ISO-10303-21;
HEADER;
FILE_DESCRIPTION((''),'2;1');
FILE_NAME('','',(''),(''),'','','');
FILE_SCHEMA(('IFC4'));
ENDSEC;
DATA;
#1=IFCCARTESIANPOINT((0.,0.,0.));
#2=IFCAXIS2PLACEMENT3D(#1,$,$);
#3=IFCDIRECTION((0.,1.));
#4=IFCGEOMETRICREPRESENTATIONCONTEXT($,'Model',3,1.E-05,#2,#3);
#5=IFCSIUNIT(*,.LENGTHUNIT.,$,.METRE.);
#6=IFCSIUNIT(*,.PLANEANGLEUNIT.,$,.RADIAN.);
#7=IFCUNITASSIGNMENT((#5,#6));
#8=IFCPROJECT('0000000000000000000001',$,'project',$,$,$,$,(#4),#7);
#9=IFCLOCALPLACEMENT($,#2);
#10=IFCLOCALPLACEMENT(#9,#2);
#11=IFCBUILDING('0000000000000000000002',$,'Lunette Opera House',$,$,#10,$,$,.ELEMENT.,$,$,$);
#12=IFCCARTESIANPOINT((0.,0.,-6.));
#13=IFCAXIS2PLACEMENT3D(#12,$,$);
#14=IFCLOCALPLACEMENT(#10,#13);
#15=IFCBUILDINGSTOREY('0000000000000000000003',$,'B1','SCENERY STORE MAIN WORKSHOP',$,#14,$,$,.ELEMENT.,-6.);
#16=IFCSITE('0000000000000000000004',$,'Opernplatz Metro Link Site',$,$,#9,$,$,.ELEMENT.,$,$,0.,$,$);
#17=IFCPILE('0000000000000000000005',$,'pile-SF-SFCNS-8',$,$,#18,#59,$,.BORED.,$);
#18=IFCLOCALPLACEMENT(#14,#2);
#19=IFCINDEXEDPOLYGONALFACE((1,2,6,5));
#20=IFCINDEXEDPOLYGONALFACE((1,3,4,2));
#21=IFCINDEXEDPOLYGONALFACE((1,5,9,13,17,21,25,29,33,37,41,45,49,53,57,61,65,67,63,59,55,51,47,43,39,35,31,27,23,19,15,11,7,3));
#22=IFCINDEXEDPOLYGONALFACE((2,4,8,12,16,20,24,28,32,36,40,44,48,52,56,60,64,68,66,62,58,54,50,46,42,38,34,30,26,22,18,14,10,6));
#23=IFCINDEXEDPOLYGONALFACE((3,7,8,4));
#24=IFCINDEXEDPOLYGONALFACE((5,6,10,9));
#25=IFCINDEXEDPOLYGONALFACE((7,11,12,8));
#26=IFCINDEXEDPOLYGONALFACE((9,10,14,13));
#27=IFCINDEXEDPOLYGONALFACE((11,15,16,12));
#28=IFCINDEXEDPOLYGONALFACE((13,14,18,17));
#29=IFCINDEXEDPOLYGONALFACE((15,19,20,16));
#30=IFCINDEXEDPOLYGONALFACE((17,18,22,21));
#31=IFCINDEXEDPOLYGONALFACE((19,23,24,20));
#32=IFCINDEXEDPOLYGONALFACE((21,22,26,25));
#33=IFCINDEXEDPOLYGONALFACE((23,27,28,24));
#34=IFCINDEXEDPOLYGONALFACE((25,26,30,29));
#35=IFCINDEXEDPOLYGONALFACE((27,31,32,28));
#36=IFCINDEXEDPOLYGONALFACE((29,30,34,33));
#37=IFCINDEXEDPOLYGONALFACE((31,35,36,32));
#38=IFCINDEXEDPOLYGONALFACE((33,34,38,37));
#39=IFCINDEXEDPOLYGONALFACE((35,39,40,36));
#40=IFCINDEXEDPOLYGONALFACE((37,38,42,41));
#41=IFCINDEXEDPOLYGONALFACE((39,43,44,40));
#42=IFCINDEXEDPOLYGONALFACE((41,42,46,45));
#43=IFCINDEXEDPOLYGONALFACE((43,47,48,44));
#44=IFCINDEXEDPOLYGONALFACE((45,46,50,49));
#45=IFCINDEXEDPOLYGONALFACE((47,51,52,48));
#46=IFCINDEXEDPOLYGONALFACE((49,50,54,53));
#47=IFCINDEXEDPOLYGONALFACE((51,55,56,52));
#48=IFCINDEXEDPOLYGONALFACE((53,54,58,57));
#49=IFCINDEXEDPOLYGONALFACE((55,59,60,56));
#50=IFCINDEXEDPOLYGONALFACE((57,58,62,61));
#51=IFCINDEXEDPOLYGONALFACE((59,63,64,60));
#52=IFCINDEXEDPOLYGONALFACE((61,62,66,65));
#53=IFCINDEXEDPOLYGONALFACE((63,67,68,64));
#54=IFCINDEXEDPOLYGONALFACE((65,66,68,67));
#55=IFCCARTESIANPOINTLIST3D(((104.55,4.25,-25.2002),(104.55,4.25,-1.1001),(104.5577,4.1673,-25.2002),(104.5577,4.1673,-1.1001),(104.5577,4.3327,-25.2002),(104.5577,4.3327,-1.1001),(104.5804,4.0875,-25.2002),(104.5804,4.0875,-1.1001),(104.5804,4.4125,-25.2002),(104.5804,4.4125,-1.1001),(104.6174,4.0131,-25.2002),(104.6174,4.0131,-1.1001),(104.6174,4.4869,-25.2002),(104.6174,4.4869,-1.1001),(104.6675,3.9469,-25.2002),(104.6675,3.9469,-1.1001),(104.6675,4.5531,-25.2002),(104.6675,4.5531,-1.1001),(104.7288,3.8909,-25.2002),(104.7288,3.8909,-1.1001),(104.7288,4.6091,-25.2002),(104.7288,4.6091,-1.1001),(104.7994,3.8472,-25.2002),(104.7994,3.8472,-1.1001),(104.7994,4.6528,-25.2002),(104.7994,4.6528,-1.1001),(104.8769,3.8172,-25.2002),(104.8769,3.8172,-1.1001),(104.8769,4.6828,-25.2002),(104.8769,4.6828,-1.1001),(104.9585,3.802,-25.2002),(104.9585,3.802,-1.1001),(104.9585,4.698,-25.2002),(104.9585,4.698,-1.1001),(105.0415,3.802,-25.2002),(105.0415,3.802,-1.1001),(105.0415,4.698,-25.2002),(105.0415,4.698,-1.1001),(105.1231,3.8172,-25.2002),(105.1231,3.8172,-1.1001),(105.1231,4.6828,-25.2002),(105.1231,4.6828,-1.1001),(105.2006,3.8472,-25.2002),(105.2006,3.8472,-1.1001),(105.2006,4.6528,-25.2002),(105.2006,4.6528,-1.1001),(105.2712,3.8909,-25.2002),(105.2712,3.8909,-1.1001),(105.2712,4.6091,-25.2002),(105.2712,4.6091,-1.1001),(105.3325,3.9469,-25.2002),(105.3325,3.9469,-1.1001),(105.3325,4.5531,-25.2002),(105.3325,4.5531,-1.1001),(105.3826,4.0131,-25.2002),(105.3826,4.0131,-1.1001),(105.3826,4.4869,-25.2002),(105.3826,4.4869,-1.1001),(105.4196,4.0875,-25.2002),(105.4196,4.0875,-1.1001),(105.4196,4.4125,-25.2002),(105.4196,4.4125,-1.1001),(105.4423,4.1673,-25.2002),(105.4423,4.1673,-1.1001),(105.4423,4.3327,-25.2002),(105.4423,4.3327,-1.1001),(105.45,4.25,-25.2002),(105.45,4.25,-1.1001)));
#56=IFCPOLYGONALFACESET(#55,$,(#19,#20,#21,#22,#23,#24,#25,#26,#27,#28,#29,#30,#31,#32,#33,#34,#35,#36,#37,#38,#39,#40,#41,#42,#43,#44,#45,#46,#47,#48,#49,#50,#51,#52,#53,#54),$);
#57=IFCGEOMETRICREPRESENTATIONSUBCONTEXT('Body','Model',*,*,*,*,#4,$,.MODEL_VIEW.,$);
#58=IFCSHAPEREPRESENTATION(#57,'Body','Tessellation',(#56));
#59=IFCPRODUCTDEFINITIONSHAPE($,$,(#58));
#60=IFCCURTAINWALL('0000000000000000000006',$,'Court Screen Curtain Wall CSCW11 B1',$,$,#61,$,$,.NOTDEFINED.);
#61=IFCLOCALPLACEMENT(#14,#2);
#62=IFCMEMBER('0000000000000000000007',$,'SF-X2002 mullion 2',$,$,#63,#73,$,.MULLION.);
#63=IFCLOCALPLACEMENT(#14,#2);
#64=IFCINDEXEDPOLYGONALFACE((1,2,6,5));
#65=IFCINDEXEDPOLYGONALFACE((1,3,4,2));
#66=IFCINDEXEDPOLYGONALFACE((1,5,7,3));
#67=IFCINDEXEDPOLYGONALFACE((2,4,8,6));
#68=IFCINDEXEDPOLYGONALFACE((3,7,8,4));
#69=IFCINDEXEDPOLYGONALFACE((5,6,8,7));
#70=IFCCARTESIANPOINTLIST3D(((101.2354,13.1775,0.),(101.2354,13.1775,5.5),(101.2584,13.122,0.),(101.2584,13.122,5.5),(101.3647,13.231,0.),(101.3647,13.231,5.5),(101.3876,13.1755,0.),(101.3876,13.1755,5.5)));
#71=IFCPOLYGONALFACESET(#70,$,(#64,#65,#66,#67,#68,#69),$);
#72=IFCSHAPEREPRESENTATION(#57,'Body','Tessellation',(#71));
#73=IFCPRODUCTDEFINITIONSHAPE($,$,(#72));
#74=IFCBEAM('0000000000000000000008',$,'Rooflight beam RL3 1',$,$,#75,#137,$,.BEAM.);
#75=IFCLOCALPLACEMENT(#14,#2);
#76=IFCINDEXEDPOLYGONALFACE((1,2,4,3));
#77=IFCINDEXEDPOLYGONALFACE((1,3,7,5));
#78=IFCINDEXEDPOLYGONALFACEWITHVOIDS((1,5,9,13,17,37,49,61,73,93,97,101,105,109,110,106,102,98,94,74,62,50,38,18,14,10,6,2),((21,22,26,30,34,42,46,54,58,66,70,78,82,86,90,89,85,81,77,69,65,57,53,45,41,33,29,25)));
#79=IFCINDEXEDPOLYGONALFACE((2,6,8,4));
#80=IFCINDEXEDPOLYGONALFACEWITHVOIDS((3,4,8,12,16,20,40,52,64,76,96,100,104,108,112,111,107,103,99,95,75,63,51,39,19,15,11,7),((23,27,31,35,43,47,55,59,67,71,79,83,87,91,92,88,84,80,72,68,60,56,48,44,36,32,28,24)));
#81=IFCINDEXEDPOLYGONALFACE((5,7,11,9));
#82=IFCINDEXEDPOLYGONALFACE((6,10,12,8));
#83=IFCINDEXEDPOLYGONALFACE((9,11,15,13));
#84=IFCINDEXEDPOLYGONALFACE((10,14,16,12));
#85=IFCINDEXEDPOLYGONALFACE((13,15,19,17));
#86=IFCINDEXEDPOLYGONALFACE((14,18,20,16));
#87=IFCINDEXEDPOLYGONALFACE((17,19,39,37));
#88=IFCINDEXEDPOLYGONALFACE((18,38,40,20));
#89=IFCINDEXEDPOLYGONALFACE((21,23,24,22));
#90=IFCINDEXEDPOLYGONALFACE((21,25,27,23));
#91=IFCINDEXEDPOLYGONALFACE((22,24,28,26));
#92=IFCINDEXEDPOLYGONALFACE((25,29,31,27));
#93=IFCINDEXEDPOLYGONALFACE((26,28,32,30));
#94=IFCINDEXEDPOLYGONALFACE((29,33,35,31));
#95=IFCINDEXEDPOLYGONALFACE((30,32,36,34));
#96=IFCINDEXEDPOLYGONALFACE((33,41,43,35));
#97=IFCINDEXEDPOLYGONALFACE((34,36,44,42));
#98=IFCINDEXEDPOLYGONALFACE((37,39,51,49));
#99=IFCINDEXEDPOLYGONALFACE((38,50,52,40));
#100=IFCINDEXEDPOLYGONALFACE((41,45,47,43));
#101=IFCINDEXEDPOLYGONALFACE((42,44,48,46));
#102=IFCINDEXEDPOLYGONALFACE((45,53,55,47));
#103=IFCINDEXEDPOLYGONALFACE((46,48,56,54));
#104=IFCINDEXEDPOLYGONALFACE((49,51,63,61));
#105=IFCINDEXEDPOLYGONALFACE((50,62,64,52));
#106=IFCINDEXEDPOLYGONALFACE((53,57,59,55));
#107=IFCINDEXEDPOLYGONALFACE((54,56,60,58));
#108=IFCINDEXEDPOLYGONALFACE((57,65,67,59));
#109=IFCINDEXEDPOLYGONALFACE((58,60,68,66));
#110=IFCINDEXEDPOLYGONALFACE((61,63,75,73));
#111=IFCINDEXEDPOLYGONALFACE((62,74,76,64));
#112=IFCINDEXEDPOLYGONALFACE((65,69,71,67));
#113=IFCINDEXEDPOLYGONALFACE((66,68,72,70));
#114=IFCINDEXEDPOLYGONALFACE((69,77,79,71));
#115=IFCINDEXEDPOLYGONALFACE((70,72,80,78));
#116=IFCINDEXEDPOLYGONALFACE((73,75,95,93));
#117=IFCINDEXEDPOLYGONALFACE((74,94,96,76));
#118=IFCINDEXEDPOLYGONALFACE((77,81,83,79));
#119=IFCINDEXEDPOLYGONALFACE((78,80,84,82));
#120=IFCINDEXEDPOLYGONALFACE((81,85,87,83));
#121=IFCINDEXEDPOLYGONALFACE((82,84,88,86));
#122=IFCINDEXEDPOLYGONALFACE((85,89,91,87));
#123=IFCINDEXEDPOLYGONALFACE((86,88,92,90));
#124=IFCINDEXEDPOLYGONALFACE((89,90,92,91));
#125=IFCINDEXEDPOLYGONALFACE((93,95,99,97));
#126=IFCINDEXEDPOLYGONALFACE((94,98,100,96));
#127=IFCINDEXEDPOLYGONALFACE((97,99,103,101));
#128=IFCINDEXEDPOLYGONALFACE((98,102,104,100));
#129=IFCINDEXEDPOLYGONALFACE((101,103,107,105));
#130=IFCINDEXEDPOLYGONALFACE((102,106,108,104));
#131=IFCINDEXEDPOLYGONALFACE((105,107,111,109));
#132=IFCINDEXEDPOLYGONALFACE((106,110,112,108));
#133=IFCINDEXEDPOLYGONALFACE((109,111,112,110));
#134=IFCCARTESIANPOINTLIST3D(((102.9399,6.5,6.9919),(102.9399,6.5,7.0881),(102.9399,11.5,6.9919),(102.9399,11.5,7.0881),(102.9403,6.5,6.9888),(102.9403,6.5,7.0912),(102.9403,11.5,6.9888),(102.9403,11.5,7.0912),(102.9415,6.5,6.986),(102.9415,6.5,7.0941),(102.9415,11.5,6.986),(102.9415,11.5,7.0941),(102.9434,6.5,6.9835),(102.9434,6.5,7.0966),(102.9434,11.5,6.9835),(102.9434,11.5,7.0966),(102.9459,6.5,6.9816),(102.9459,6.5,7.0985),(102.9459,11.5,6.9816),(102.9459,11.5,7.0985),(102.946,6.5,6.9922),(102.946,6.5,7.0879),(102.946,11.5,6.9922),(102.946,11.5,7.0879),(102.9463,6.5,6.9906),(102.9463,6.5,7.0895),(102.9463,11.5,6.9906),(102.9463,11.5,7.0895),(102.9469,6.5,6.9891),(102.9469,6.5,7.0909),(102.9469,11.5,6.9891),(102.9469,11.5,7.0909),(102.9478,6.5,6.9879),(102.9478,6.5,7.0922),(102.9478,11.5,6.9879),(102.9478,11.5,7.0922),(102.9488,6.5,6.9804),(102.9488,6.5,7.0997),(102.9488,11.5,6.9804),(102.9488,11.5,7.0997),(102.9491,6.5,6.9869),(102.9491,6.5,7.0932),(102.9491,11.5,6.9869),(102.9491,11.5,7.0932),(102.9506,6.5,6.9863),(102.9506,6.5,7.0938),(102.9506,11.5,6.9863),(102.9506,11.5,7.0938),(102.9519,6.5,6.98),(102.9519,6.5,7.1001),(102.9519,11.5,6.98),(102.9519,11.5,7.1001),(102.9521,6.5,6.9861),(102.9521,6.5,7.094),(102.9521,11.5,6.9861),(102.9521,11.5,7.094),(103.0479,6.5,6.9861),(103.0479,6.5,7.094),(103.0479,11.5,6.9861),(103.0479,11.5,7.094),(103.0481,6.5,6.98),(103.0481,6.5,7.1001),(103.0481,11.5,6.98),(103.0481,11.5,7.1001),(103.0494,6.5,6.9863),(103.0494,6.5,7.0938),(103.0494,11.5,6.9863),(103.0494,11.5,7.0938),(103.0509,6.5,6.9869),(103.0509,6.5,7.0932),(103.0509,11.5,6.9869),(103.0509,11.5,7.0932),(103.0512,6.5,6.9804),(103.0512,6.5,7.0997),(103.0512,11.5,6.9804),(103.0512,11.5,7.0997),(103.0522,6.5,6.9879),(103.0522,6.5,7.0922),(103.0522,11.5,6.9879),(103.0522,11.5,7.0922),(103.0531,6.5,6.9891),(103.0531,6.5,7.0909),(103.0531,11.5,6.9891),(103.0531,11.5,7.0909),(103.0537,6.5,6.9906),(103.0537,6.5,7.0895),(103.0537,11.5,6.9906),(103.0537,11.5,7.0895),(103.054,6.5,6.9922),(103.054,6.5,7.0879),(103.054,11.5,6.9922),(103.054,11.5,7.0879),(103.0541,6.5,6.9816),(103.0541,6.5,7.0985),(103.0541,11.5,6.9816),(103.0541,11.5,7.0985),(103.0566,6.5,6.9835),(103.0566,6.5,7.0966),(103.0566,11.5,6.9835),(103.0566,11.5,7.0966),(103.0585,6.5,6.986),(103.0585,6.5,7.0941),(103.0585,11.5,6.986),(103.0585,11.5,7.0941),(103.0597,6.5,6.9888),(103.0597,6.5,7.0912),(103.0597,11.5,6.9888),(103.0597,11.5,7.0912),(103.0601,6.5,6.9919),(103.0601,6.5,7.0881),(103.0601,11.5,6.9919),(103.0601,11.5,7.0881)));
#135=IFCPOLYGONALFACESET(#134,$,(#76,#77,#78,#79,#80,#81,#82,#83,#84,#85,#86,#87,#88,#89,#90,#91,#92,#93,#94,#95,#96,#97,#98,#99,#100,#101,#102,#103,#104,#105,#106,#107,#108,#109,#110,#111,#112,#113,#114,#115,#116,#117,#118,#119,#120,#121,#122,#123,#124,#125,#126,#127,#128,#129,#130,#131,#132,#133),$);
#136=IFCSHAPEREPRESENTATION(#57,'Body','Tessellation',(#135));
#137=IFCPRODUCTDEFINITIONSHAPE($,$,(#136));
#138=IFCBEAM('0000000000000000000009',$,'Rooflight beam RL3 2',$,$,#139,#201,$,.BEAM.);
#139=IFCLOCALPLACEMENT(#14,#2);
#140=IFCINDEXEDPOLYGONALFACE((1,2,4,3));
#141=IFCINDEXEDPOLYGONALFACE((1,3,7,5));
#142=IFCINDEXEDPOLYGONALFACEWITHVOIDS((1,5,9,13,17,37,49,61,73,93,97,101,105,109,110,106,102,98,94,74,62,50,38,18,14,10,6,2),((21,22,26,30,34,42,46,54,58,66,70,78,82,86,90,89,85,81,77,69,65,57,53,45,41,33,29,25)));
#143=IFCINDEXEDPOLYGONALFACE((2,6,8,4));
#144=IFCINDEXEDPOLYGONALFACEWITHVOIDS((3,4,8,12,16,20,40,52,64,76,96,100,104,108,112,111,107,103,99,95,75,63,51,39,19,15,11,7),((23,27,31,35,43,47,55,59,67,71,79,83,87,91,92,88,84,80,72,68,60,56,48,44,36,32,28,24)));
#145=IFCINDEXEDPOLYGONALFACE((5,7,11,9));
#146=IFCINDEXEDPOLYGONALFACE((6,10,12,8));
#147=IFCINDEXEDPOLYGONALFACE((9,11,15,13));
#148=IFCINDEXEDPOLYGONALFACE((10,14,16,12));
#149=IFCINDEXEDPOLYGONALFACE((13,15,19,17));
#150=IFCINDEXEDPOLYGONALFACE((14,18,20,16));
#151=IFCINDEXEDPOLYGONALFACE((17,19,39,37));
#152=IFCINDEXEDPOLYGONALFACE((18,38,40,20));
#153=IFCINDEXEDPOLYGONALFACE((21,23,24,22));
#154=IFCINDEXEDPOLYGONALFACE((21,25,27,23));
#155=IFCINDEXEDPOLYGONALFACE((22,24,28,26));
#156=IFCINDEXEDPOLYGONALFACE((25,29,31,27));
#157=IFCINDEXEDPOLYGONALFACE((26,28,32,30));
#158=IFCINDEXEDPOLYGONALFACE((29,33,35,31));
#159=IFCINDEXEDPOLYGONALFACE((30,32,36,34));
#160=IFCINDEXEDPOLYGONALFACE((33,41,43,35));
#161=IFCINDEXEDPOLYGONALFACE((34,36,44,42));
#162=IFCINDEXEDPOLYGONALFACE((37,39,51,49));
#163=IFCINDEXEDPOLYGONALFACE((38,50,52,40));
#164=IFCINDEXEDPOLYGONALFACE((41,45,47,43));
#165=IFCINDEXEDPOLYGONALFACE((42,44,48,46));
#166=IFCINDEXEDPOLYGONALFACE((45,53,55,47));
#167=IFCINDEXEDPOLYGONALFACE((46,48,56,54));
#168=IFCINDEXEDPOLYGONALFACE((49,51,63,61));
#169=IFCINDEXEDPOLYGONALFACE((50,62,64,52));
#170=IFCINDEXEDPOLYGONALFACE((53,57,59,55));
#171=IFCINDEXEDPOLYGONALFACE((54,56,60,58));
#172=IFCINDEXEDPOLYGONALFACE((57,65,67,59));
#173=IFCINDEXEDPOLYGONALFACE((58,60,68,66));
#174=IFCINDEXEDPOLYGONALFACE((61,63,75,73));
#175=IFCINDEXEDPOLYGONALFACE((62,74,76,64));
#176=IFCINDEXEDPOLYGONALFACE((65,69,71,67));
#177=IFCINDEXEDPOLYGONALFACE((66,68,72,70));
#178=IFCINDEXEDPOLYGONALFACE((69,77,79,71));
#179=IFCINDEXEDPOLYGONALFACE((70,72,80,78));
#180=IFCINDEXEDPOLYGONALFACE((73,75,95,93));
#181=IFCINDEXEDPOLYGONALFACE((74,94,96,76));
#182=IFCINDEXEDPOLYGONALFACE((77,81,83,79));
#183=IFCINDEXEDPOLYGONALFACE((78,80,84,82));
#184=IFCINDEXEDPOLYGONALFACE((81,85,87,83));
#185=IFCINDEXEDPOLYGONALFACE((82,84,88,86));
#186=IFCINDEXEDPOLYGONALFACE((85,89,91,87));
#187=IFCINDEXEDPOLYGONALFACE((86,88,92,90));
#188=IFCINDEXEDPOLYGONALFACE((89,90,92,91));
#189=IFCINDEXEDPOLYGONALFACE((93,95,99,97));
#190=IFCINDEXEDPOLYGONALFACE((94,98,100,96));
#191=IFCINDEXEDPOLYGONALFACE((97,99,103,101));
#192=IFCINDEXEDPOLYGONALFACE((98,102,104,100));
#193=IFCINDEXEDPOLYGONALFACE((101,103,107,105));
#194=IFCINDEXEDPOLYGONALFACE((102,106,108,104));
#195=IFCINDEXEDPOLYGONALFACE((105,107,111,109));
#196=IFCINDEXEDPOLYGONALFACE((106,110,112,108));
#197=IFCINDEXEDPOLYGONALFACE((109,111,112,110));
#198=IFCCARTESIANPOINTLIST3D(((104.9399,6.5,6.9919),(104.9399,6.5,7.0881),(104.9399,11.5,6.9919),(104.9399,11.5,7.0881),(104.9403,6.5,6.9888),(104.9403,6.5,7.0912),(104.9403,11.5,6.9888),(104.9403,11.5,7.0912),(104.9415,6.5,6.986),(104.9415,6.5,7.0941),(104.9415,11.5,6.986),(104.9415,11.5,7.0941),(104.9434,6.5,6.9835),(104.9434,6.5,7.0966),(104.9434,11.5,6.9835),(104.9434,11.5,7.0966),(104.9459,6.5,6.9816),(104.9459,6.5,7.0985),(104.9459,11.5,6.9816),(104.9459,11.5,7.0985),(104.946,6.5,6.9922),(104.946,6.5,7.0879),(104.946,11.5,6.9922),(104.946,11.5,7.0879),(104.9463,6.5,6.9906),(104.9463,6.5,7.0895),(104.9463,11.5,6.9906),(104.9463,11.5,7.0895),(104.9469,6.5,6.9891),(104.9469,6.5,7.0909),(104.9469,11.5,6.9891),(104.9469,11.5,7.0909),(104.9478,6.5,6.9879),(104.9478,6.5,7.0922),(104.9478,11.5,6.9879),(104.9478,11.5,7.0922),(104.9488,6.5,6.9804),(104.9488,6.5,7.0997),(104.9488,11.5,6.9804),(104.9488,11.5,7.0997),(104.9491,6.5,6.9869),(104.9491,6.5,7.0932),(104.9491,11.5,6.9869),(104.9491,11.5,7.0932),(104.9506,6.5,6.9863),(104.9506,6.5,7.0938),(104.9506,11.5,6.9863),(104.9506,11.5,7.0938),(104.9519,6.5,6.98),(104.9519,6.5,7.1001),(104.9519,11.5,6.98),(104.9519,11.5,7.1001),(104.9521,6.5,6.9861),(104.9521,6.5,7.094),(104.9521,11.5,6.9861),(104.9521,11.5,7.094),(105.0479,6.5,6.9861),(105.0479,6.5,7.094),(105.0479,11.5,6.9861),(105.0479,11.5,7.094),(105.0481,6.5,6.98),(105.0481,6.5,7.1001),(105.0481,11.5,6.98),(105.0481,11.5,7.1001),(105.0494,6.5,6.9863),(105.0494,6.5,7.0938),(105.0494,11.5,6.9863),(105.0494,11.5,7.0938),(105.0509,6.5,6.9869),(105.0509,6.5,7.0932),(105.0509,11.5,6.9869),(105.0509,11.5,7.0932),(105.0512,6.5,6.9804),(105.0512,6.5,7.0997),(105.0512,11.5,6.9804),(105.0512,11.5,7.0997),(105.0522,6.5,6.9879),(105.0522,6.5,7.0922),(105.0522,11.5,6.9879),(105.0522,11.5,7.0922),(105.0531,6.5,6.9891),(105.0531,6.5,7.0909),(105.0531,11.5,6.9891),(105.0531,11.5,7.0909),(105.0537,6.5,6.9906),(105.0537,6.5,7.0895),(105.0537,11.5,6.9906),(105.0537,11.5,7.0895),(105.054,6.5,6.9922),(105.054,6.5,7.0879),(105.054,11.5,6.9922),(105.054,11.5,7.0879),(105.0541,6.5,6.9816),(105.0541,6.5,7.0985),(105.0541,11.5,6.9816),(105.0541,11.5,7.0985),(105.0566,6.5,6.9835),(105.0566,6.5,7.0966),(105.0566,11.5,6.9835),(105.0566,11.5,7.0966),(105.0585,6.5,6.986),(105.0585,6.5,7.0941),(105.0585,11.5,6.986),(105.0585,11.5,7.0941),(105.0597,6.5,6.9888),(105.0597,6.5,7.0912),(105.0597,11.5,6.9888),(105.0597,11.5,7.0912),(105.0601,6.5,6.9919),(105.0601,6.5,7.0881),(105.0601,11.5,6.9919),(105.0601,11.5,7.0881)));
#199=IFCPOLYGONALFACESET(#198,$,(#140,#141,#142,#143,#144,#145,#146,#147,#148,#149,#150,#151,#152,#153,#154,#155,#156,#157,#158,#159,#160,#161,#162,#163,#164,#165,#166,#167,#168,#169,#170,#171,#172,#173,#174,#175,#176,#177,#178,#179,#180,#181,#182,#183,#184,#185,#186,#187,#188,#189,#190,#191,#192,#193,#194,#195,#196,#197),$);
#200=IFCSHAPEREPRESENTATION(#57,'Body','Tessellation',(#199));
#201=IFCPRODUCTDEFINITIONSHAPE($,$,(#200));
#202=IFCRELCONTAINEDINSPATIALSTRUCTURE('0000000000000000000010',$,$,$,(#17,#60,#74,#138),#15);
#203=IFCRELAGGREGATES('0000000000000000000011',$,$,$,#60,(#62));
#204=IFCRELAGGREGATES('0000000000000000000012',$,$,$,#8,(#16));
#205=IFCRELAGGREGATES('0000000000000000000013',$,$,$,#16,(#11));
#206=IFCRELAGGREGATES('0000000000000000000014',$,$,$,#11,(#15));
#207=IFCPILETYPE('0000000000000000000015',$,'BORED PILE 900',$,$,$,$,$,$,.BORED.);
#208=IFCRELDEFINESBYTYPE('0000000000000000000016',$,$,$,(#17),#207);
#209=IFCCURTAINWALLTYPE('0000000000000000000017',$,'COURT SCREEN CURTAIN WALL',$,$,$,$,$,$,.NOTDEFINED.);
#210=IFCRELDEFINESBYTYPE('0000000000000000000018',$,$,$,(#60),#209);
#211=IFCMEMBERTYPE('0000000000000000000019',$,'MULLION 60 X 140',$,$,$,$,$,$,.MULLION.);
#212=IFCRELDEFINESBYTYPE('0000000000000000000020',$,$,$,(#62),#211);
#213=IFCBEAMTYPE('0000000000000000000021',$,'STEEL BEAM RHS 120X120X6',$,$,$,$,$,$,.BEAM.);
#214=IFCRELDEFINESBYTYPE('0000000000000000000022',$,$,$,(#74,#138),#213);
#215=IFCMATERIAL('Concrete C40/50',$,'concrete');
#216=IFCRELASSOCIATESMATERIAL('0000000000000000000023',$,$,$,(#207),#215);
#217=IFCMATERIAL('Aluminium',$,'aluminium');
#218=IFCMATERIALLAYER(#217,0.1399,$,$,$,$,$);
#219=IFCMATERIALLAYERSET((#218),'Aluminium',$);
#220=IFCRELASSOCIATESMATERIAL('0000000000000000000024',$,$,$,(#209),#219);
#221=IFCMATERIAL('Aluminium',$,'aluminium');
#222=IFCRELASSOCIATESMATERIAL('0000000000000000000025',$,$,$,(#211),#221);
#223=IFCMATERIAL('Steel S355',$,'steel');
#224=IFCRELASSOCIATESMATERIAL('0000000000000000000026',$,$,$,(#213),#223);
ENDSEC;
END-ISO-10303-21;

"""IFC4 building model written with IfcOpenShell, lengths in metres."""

from ifc_helpers import new_model, si_unit, direction, frame, origin, origin_2d, place, context, subcontext, project, spatial, rectangle, hollow_rectangle, circle, extrude, material, layer, layer_set, material_profile, profile_set, type_object, element, aggregate, save


model = new_model("IFC4")

# Units and contexts
model_context = context("Model", 3, precision=1e-05, world=origin(), true_north=direction((0.0, 1.0)))
body_context = subcontext(model_context, "Body", "Model", "MODEL_VIEW")
ifc_project = project(units=[si_unit("LENGTHUNIT", "METRE"), si_unit("PLANEANGLEUNIT", "RADIAN")], contexts=[model_context])

# Site, building, storey
site_placement = place(None, origin())
site = spatial("IfcSite", under=ifc_project, at=site_placement, Name="Opernplatz Metro Link Site", CompositionType="ELEMENT", RefElevation=0.0)
building_placement = place(site_placement, origin())
building = spatial("IfcBuilding", under=site, at=building_placement, Name="Lunette Opera House", CompositionType="ELEMENT")
storey_placement = place(building_placement, frame((0.0, 0.0, -6.0)))
storey = spatial("IfcBuildingStorey", under=building, at=storey_placement, Name="B1", Description="SCENERY STORE MAIN WORKSHOP", CompositionType="ELEMENT", Elevation=-6.0)

# Pile
ifc_material_1 = material(Name="Concrete C40/50", Category="concrete")
ifc_material_profile_1 = material_profile(ifc_material_1, circle(Radius=0.45, at=origin_2d()), Name="BORED PILE 900")
ifc_profile_set_1 = profile_set([ifc_material_profile_1], Name="Concrete C40/50")
pile_type = type_object("IfcPileType", Name="BORED PILE 900", PredefinedType="BORED", material=ifc_profile_set_1)
pile_placement = place(storey_placement, frame((105.0, 4.25, -1.1001), z_axis=(0.0, 0.0, -1.0), x_axis=(1.0, 0.0, 0.0)))
element("IfcPile", 1, at=pile_placement, inside=storey, type_object=pile_type, Name="pile-SF-SFCNS-8", PredefinedType="BORED", context=body_context, shape_type="SweptSolid", body=[
    extrude(circle(Radius=0.45, at=origin_2d()), origin(), (0.0, 0.0, 1.0), 24.1001),
])

# Curtain wall, member
ifc_material_2 = material(Name="Aluminium", Category="aluminium")
ifc_layer_1 = layer(ifc_material_2, 0.1399)
ifc_layer_set_1 = layer_set([ifc_layer_1], Name="Aluminium")
curtain_wall_type = type_object("IfcCurtainWallType", Name="COURT SCREEN CURTAIN WALL", PredefinedType="NOTDEFINED", material=ifc_layer_set_1)
curtain_wall_placement = place(storey_placement, origin())
curtain_wall = element("IfcCurtainWall", 2, at=curtain_wall_placement, inside=storey, type_object=curtain_wall_type, Name="Court Screen Curtain Wall CSCW11 B1", PredefinedType="NOTDEFINED")
ifc_material_3 = material(Name="Aluminium", Category="aluminium")
ifc_material_profile_2 = material_profile(ifc_material_3, rectangle(XDim=0.0601, YDim=0.1399, at=origin_2d()), Name="MULLION 60 X 140")
ifc_profile_set_2 = profile_set([ifc_material_profile_2], Name="Aluminium")
member_type_1 = type_object("IfcMemberType", Name="MULLION 60 X 140", PredefinedType="MULLION", material=ifc_profile_set_2)
member_1_placement = place(storey_placement, frame((101.3115, 13.1765, 0.0), z_axis=(0.0, 0.0, 1.0), x_axis=(0.38273, -0.92386, 0.0)))
member_1 = element("IfcMember", 3, at=member_1_placement, type_object=member_type_1, Name="SF-X2002 mullion 2", PredefinedType="MULLION", context=body_context, shape_type="SweptSolid", body=[
    extrude(rectangle(XDim=0.0601, YDim=0.1399, at=origin_2d()), origin(), (0.0, 0.0, 1.0), 5.5),
])

# Beams
ifc_material_4 = material(Name="Steel S355", Category="steel")
ifc_material_profile_3 = material_profile(ifc_material_4, hollow_rectangle(XDim=0.1201, YDim=0.1201, WallThickness=0.0061, InnerFilletRadius=0.0061, OuterFilletRadius=0.012, at=origin_2d()), Name="RHS 120X120X6")
ifc_profile_set_3 = profile_set([ifc_material_profile_3], Name="Steel S355")
beam_type = type_object("IfcBeamType", Name="STEEL BEAM RHS 120X120X6", PredefinedType="BEAM", material=ifc_profile_set_3)
for number, where, z_axis, x_axis, name in (
    (4, (103.0, 6.5, 7.04), (0.0, 1.0, 0.0), (-1.0, 0.0, 0.0), "Rooflight beam RL3 1"),
    (5, (105.0, 6.5, 7.04), (0.0, 1.0, 0.0), (-1.0, 0.0, 0.0), "Rooflight beam RL3 2"),
):
    element("IfcBeam", number, at=place(storey_placement, frame(where, z_axis=z_axis, x_axis=x_axis)), inside=storey, type_object=beam_type, Name=name, PredefinedType="BEAM", context=body_context, shape_type="SweptSolid", body=[
        extrude(hollow_rectangle(XDim=0.1201, YDim=0.1201, WallThickness=0.0061, InnerFilletRadius=0.0061, OuterFilletRadius=0.012, at=origin_2d()), origin(), (0.0, 0.0, 1.0), 5.0),
    ])

aggregate(curtain_wall, [member_1])

save(model, "model.ifc")
